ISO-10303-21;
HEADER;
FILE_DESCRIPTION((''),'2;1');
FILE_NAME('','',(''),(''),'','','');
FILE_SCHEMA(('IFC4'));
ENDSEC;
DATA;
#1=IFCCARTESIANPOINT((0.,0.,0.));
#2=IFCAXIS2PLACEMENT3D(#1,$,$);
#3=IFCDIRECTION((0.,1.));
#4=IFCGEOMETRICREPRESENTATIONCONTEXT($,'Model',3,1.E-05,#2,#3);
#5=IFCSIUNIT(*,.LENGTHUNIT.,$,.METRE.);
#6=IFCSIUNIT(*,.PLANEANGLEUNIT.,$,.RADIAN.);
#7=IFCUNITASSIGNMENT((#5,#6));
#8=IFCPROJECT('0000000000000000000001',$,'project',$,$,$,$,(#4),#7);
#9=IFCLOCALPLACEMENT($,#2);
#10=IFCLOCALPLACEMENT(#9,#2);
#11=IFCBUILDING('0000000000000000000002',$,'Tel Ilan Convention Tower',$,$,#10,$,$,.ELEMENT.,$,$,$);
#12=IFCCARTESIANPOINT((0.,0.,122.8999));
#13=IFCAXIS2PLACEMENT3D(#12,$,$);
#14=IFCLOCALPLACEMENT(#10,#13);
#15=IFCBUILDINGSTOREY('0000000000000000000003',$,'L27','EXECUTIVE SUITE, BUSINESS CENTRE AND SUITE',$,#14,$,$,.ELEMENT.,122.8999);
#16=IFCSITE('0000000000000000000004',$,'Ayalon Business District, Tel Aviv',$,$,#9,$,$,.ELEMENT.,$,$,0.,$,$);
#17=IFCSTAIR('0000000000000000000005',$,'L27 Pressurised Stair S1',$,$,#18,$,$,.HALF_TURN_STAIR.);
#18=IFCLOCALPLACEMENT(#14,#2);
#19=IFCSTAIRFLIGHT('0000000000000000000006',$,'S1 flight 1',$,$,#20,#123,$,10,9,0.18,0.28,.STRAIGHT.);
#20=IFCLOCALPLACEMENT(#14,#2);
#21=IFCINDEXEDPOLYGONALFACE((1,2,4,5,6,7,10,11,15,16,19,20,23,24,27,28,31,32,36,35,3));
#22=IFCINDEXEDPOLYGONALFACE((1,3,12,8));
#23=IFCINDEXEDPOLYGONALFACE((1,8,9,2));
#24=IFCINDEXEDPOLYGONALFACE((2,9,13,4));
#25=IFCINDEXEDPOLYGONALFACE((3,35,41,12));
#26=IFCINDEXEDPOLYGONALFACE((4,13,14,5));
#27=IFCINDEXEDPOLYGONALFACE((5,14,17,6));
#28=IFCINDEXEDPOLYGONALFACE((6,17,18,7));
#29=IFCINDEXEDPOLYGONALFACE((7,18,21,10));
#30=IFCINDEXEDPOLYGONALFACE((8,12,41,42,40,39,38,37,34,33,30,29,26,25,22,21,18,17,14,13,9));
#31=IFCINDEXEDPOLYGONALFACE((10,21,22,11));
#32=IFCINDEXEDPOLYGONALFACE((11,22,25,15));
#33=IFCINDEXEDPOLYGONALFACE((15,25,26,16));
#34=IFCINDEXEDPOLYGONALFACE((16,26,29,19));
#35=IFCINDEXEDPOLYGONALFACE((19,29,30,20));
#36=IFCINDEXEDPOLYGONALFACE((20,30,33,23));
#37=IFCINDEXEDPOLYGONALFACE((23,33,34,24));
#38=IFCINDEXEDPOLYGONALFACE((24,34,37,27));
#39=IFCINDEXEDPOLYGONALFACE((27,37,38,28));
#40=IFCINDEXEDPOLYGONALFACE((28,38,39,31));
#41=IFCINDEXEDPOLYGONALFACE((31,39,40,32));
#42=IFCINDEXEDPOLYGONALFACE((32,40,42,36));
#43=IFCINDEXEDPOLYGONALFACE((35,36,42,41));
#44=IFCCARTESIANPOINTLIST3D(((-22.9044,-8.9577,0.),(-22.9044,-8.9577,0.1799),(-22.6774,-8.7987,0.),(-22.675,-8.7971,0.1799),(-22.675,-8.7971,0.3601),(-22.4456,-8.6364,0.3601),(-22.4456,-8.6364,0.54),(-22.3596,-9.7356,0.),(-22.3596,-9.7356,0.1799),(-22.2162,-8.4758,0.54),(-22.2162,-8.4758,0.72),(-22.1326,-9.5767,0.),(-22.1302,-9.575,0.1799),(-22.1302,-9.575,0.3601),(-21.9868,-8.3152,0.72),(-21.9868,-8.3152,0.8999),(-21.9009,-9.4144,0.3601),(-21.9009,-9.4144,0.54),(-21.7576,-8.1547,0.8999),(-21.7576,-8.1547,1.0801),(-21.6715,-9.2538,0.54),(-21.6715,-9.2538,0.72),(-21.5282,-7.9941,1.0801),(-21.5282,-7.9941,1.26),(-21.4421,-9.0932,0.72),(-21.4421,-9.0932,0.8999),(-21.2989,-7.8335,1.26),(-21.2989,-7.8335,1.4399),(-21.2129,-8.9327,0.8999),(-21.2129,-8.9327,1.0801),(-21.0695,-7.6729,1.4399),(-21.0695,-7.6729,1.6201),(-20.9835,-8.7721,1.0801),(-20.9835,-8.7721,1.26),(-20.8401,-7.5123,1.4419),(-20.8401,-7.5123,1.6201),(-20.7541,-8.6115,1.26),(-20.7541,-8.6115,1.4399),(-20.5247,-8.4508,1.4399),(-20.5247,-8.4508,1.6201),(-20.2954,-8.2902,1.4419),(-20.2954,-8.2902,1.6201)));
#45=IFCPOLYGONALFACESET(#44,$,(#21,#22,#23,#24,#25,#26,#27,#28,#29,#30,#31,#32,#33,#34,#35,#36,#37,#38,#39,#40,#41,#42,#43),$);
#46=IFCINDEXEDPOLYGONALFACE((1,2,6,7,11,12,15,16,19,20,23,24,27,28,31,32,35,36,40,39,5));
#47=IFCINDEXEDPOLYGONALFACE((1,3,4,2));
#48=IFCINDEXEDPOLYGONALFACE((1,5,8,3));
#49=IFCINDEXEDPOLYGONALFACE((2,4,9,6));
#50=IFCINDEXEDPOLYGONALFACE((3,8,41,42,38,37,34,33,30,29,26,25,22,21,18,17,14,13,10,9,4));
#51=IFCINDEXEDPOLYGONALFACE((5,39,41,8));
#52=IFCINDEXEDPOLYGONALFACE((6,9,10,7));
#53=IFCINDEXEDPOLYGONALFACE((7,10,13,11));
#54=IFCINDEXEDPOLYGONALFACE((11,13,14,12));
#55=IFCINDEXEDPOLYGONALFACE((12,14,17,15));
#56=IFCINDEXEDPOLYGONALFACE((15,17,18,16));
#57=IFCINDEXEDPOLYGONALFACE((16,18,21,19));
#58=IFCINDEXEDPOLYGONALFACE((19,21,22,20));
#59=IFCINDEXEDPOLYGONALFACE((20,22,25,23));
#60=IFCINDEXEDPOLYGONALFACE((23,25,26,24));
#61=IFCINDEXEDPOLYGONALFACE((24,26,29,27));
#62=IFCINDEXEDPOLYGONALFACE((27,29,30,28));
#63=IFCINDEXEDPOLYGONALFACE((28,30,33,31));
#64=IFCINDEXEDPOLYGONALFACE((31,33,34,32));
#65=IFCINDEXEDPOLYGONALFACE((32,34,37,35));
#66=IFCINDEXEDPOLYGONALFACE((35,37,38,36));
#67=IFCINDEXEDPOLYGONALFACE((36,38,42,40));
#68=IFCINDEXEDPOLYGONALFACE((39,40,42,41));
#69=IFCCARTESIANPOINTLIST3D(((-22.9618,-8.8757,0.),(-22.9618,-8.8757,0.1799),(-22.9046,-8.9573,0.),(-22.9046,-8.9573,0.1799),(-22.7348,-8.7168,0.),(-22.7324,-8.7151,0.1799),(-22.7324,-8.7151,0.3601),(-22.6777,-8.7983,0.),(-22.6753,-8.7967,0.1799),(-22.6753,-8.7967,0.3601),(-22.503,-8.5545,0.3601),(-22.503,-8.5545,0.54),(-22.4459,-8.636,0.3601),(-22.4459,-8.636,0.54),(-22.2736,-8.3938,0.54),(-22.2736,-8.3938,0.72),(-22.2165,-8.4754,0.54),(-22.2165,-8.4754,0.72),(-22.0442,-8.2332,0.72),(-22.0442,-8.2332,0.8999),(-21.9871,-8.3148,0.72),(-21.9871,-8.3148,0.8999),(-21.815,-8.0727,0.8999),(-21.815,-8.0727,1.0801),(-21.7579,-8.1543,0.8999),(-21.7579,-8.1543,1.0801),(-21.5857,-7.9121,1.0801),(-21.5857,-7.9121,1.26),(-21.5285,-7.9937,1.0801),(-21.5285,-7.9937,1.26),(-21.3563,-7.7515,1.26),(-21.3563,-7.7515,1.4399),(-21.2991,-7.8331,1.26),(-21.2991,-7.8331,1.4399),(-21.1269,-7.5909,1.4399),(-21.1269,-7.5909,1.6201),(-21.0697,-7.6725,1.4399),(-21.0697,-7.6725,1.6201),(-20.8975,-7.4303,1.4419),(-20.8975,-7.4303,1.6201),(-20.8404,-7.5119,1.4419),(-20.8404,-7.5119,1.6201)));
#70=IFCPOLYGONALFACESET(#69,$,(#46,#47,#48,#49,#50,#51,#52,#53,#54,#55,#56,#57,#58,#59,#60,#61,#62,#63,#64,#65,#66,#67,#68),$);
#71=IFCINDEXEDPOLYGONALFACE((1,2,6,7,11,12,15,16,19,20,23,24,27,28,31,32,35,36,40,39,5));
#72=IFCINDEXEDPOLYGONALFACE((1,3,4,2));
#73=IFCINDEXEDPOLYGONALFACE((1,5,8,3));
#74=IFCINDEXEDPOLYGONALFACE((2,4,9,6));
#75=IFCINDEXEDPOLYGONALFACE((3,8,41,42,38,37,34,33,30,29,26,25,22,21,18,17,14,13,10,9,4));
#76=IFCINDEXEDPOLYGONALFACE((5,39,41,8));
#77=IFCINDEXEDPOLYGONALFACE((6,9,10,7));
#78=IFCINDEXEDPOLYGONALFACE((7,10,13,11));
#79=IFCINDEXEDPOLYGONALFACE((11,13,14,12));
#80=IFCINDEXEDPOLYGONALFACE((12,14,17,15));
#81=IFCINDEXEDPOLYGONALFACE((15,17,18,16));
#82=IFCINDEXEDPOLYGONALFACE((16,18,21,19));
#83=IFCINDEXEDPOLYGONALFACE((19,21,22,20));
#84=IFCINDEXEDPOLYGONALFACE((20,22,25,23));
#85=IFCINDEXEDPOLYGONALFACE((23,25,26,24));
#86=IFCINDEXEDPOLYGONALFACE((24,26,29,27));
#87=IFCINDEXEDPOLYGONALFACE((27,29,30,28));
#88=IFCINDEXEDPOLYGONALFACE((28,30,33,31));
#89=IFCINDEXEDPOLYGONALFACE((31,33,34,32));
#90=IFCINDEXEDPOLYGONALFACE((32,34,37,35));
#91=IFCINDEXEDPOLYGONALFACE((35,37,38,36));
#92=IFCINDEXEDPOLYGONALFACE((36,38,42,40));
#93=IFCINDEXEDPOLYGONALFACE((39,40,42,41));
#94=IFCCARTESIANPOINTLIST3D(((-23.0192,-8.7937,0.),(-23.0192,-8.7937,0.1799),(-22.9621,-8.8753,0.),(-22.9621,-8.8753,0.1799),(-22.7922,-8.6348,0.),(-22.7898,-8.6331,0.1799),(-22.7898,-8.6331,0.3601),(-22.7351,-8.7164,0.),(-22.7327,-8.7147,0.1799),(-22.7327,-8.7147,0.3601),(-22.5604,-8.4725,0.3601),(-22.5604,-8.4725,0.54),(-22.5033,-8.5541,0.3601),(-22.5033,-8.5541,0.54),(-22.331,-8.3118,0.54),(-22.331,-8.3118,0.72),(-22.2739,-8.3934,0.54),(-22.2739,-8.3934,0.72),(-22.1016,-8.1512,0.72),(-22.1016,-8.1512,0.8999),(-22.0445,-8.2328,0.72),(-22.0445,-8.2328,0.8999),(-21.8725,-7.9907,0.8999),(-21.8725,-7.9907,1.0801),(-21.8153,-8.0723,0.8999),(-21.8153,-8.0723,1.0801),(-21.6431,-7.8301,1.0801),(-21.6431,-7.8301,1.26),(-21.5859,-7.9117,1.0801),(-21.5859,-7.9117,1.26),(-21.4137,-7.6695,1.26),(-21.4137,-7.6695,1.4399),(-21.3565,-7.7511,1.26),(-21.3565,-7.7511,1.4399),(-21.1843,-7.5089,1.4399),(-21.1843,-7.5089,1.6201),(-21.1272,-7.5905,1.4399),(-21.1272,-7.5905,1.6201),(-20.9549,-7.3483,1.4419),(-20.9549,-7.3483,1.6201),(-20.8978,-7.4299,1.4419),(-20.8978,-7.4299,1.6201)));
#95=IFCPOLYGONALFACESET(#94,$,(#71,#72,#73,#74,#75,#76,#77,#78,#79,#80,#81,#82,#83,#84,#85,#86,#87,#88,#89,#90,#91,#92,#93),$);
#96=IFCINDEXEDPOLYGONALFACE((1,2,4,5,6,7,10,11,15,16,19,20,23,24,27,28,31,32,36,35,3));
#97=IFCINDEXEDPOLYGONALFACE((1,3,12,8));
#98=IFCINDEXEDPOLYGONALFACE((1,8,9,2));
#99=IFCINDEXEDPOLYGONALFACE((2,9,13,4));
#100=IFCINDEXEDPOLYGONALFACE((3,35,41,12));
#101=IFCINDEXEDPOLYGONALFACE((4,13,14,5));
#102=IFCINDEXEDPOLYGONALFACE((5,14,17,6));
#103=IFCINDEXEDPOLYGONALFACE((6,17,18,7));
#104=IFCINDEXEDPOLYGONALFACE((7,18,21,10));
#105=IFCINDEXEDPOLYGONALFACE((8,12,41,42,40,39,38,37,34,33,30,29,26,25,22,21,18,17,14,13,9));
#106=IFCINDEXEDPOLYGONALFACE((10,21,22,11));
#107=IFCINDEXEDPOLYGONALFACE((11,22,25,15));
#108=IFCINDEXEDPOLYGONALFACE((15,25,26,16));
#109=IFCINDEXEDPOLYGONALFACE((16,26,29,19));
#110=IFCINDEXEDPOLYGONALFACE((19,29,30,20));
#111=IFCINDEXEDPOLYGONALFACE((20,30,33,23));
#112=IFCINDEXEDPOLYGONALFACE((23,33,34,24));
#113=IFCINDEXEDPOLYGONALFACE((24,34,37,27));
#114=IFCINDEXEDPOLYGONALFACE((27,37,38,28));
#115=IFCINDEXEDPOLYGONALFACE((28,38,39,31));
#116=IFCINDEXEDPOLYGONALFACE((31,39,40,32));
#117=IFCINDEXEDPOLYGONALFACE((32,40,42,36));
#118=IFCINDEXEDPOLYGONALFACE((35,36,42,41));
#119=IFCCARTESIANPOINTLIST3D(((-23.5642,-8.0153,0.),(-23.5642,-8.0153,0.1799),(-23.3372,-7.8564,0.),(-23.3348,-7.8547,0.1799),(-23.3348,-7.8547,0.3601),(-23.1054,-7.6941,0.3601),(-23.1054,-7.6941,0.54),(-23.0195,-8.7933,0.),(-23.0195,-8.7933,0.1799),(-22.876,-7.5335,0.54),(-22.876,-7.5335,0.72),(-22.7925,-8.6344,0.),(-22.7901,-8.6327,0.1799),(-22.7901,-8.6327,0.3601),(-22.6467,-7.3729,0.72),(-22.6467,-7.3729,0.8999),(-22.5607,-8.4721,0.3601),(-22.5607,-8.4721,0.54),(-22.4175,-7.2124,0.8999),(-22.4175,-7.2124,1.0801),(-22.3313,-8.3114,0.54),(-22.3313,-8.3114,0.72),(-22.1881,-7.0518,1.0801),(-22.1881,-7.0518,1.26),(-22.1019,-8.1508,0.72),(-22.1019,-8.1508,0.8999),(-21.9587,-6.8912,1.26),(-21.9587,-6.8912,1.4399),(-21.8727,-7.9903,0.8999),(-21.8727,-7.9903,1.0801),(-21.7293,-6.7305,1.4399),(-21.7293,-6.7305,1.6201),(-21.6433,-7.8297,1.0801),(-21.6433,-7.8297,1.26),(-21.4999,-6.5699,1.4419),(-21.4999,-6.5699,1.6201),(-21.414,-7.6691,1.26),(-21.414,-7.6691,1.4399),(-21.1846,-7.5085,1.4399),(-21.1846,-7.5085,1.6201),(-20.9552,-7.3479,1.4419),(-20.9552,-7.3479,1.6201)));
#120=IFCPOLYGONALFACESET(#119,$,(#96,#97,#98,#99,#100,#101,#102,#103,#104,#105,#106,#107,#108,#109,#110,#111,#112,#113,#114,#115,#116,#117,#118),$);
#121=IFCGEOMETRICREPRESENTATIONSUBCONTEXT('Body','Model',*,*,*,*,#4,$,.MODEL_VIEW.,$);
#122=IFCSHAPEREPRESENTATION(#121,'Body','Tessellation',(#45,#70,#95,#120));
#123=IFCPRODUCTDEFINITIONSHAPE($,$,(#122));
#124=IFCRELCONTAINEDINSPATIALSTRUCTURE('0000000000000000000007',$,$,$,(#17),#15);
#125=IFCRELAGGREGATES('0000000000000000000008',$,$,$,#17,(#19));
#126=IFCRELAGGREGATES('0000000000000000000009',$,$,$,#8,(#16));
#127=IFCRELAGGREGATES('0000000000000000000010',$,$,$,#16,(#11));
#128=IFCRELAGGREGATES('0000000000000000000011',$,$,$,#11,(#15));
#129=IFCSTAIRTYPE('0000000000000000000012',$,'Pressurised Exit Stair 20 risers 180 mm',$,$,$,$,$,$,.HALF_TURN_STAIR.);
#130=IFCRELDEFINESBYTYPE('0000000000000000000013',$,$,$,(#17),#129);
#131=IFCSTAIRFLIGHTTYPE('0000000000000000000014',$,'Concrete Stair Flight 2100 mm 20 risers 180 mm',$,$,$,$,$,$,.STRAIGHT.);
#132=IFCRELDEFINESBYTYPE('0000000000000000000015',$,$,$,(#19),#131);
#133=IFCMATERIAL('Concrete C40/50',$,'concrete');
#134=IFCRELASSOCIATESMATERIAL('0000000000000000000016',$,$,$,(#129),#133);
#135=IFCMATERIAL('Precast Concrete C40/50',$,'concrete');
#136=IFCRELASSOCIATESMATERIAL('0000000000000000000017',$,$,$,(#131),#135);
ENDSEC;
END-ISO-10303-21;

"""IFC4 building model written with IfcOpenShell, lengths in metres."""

from ifc_helpers import new_model, si_unit, direction, frame, origin, place, context, subcontext, project, spatial, polyline, outline, extrude, material, type_object, element, aggregate, save


model = new_model("IFC4")

# Units and contexts
model_context = context("Model", 3, precision=1e-05, world=origin(), true_north=direction((0.0, 1.0)))
body_context = subcontext(model_context, "Body", "Model", "MODEL_VIEW")
ifc_project = project(units=[si_unit("LENGTHUNIT", "METRE"), si_unit("PLANEANGLEUNIT", "RADIAN")], contexts=[model_context])

# Site, building, storey
site_placement = place(None, origin())
site = spatial("IfcSite", under=ifc_project, at=site_placement, Name="Ayalon Business District, Tel Aviv", CompositionType="ELEMENT", RefElevation=0.0)
building_placement = place(site_placement, origin())
building = spatial("IfcBuilding", under=site, at=building_placement, Name="Tel Ilan Convention Tower", CompositionType="ELEMENT")
storey_placement = place(building_placement, frame((0.0, 0.0, 122.8999)))
storey = spatial("IfcBuildingStorey", under=building, at=storey_placement, Name="L27", Description="EXECUTIVE SUITE, BUSINESS CENTRE AND SUITE", CompositionType="ELEMENT", Elevation=122.8999)

# Stair, stair flight
ifc_material_1 = material(Name="Concrete C40/50", Category="concrete")
stair_type = type_object("IfcStairType", Name="Pressurised Exit Stair 20 risers 180 mm", PredefinedType="HALF_TURN_STAIR", material=ifc_material_1)
stair_1_placement = place(storey_placement, origin())
stair_1 = element("IfcStair", 1, at=stair_1_placement, inside=storey, type_object=stair_type, Name="L27 Pressurised Stair S1", PredefinedType="HALF_TURN_STAIR")
ifc_material_2 = material(Name="Precast Concrete C40/50", Category="concrete")
stair_flight_type = type_object("IfcStairFlightType", Name="Concrete Stair Flight 2100 mm 20 risers 180 mm", PredefinedType="STRAIGHT", material=ifc_material_2)
stair_flight_1_placement = place(storey_placement, frame((-22.9619, -8.8755, 0.0), z_axis=(0.0, 0.0, 1.0), x_axis=(0.819152, 0.573576, 0.0)))
stair_flight_1 = element("IfcStairFlight", 2, at=stair_flight_1_placement, type_object=stair_flight_type, Name="S1 flight 1", NumberOfRisers=10, NumberOfTreads=9, PredefinedType="STRAIGHT", RiserHeight=0.18, TreadLength=0.28, context=body_context, shape_type="SweptSolid", body=[
    extrude(outline(polyline([(0.0, 0.0), (0.0, 0.1799), (0.28, 0.1799), (0.28, 0.3601), (0.5601, 0.3601), (0.5601, 0.54), (0.8401, 0.54), (0.8401, 0.72), (1.1201, 0.72), (1.1201, 0.8999), (1.3999, 0.8999), (1.3999, 1.0801), (1.6799, 1.0801), (1.6799, 1.26), (1.96, 1.26), (1.96, 1.4399), (2.24, 1.4399), (2.24, 1.6201), (2.52, 1.6201), (2.52, 1.8), (2.52, 1.4419), (0.2771, 0.0), (0.0, 0.0)])), frame((0.0, -0.1003, 0.0), z_axis=(0.0, -1.0, 0.0), x_axis=(1.0, 0.0, 0.0)), (0.0, 0.0, 1.0), 0.9497),
    extrude(outline(polyline([(0.0, 0.0), (0.0, 0.1799), (0.28, 0.1799), (0.28, 0.3601), (0.5601, 0.3601), (0.5601, 0.54), (0.8401, 0.54), (0.8401, 0.72), (1.1201, 0.72), (1.1201, 0.8999), (1.3999, 0.8999), (1.3999, 1.0801), (1.6799, 1.0801), (1.6799, 1.26), (1.96, 1.26), (1.96, 1.4399), (2.24, 1.4399), (2.24, 1.6201), (2.52, 1.6201), (2.52, 1.8), (2.52, 1.4419), (0.2771, 0.0), (0.0, 0.0)])), frame((0.0, -0.0002, 0.0), z_axis=(0.0, -1.0, 0.0), x_axis=(1.0, 0.0, 0.0)), (0.0, 0.0, 1.0), 0.0996),
    extrude(outline(polyline([(0.0, 0.0), (0.0, 0.1799), (0.28, 0.1799), (0.28, 0.3601), (0.5601, 0.3601), (0.5601, 0.54), (0.8401, 0.54), (0.8401, 0.72), (1.1201, 0.72), (1.1201, 0.8999), (1.3999, 0.8999), (1.3999, 1.0801), (1.6799, 1.0801), (1.6799, 1.26), (1.96, 1.26), (1.96, 1.4399), (2.24, 1.4399), (2.24, 1.6201), (2.52, 1.6201), (2.52, 1.8), (2.52, 1.4419), (0.2771, 0.0), (0.0, 0.0)])), frame((0.0, 0.0999, 0.0), z_axis=(0.0, -1.0, 0.0), x_axis=(1.0, 0.0, 0.0)), (0.0, 0.0, 1.0), 0.0996),
    extrude(outline(polyline([(0.0, 0.0), (0.0, 0.1799), (0.28, 0.1799), (0.28, 0.3601), (0.5601, 0.3601), (0.5601, 0.54), (0.8401, 0.54), (0.8401, 0.72), (1.1201, 0.72), (1.1201, 0.8999), (1.3999, 0.8999), (1.3999, 1.0801), (1.6799, 1.0801), (1.6799, 1.26), (1.96, 1.26), (1.96, 1.4399), (2.24, 1.4399), (2.24, 1.6201), (2.52, 1.6201), (2.52, 1.8), (2.52, 1.4419), (0.2771, 0.0), (0.0, 0.0)])), frame((0.0, 1.05, 0.0), z_axis=(0.0, -1.0, 0.0), x_axis=(1.0, 0.0, 0.0)), (0.0, 0.0, 1.0), 0.9497),
])
aggregate(stair_1, [stair_flight_1])

save(model, "model.ifc")
